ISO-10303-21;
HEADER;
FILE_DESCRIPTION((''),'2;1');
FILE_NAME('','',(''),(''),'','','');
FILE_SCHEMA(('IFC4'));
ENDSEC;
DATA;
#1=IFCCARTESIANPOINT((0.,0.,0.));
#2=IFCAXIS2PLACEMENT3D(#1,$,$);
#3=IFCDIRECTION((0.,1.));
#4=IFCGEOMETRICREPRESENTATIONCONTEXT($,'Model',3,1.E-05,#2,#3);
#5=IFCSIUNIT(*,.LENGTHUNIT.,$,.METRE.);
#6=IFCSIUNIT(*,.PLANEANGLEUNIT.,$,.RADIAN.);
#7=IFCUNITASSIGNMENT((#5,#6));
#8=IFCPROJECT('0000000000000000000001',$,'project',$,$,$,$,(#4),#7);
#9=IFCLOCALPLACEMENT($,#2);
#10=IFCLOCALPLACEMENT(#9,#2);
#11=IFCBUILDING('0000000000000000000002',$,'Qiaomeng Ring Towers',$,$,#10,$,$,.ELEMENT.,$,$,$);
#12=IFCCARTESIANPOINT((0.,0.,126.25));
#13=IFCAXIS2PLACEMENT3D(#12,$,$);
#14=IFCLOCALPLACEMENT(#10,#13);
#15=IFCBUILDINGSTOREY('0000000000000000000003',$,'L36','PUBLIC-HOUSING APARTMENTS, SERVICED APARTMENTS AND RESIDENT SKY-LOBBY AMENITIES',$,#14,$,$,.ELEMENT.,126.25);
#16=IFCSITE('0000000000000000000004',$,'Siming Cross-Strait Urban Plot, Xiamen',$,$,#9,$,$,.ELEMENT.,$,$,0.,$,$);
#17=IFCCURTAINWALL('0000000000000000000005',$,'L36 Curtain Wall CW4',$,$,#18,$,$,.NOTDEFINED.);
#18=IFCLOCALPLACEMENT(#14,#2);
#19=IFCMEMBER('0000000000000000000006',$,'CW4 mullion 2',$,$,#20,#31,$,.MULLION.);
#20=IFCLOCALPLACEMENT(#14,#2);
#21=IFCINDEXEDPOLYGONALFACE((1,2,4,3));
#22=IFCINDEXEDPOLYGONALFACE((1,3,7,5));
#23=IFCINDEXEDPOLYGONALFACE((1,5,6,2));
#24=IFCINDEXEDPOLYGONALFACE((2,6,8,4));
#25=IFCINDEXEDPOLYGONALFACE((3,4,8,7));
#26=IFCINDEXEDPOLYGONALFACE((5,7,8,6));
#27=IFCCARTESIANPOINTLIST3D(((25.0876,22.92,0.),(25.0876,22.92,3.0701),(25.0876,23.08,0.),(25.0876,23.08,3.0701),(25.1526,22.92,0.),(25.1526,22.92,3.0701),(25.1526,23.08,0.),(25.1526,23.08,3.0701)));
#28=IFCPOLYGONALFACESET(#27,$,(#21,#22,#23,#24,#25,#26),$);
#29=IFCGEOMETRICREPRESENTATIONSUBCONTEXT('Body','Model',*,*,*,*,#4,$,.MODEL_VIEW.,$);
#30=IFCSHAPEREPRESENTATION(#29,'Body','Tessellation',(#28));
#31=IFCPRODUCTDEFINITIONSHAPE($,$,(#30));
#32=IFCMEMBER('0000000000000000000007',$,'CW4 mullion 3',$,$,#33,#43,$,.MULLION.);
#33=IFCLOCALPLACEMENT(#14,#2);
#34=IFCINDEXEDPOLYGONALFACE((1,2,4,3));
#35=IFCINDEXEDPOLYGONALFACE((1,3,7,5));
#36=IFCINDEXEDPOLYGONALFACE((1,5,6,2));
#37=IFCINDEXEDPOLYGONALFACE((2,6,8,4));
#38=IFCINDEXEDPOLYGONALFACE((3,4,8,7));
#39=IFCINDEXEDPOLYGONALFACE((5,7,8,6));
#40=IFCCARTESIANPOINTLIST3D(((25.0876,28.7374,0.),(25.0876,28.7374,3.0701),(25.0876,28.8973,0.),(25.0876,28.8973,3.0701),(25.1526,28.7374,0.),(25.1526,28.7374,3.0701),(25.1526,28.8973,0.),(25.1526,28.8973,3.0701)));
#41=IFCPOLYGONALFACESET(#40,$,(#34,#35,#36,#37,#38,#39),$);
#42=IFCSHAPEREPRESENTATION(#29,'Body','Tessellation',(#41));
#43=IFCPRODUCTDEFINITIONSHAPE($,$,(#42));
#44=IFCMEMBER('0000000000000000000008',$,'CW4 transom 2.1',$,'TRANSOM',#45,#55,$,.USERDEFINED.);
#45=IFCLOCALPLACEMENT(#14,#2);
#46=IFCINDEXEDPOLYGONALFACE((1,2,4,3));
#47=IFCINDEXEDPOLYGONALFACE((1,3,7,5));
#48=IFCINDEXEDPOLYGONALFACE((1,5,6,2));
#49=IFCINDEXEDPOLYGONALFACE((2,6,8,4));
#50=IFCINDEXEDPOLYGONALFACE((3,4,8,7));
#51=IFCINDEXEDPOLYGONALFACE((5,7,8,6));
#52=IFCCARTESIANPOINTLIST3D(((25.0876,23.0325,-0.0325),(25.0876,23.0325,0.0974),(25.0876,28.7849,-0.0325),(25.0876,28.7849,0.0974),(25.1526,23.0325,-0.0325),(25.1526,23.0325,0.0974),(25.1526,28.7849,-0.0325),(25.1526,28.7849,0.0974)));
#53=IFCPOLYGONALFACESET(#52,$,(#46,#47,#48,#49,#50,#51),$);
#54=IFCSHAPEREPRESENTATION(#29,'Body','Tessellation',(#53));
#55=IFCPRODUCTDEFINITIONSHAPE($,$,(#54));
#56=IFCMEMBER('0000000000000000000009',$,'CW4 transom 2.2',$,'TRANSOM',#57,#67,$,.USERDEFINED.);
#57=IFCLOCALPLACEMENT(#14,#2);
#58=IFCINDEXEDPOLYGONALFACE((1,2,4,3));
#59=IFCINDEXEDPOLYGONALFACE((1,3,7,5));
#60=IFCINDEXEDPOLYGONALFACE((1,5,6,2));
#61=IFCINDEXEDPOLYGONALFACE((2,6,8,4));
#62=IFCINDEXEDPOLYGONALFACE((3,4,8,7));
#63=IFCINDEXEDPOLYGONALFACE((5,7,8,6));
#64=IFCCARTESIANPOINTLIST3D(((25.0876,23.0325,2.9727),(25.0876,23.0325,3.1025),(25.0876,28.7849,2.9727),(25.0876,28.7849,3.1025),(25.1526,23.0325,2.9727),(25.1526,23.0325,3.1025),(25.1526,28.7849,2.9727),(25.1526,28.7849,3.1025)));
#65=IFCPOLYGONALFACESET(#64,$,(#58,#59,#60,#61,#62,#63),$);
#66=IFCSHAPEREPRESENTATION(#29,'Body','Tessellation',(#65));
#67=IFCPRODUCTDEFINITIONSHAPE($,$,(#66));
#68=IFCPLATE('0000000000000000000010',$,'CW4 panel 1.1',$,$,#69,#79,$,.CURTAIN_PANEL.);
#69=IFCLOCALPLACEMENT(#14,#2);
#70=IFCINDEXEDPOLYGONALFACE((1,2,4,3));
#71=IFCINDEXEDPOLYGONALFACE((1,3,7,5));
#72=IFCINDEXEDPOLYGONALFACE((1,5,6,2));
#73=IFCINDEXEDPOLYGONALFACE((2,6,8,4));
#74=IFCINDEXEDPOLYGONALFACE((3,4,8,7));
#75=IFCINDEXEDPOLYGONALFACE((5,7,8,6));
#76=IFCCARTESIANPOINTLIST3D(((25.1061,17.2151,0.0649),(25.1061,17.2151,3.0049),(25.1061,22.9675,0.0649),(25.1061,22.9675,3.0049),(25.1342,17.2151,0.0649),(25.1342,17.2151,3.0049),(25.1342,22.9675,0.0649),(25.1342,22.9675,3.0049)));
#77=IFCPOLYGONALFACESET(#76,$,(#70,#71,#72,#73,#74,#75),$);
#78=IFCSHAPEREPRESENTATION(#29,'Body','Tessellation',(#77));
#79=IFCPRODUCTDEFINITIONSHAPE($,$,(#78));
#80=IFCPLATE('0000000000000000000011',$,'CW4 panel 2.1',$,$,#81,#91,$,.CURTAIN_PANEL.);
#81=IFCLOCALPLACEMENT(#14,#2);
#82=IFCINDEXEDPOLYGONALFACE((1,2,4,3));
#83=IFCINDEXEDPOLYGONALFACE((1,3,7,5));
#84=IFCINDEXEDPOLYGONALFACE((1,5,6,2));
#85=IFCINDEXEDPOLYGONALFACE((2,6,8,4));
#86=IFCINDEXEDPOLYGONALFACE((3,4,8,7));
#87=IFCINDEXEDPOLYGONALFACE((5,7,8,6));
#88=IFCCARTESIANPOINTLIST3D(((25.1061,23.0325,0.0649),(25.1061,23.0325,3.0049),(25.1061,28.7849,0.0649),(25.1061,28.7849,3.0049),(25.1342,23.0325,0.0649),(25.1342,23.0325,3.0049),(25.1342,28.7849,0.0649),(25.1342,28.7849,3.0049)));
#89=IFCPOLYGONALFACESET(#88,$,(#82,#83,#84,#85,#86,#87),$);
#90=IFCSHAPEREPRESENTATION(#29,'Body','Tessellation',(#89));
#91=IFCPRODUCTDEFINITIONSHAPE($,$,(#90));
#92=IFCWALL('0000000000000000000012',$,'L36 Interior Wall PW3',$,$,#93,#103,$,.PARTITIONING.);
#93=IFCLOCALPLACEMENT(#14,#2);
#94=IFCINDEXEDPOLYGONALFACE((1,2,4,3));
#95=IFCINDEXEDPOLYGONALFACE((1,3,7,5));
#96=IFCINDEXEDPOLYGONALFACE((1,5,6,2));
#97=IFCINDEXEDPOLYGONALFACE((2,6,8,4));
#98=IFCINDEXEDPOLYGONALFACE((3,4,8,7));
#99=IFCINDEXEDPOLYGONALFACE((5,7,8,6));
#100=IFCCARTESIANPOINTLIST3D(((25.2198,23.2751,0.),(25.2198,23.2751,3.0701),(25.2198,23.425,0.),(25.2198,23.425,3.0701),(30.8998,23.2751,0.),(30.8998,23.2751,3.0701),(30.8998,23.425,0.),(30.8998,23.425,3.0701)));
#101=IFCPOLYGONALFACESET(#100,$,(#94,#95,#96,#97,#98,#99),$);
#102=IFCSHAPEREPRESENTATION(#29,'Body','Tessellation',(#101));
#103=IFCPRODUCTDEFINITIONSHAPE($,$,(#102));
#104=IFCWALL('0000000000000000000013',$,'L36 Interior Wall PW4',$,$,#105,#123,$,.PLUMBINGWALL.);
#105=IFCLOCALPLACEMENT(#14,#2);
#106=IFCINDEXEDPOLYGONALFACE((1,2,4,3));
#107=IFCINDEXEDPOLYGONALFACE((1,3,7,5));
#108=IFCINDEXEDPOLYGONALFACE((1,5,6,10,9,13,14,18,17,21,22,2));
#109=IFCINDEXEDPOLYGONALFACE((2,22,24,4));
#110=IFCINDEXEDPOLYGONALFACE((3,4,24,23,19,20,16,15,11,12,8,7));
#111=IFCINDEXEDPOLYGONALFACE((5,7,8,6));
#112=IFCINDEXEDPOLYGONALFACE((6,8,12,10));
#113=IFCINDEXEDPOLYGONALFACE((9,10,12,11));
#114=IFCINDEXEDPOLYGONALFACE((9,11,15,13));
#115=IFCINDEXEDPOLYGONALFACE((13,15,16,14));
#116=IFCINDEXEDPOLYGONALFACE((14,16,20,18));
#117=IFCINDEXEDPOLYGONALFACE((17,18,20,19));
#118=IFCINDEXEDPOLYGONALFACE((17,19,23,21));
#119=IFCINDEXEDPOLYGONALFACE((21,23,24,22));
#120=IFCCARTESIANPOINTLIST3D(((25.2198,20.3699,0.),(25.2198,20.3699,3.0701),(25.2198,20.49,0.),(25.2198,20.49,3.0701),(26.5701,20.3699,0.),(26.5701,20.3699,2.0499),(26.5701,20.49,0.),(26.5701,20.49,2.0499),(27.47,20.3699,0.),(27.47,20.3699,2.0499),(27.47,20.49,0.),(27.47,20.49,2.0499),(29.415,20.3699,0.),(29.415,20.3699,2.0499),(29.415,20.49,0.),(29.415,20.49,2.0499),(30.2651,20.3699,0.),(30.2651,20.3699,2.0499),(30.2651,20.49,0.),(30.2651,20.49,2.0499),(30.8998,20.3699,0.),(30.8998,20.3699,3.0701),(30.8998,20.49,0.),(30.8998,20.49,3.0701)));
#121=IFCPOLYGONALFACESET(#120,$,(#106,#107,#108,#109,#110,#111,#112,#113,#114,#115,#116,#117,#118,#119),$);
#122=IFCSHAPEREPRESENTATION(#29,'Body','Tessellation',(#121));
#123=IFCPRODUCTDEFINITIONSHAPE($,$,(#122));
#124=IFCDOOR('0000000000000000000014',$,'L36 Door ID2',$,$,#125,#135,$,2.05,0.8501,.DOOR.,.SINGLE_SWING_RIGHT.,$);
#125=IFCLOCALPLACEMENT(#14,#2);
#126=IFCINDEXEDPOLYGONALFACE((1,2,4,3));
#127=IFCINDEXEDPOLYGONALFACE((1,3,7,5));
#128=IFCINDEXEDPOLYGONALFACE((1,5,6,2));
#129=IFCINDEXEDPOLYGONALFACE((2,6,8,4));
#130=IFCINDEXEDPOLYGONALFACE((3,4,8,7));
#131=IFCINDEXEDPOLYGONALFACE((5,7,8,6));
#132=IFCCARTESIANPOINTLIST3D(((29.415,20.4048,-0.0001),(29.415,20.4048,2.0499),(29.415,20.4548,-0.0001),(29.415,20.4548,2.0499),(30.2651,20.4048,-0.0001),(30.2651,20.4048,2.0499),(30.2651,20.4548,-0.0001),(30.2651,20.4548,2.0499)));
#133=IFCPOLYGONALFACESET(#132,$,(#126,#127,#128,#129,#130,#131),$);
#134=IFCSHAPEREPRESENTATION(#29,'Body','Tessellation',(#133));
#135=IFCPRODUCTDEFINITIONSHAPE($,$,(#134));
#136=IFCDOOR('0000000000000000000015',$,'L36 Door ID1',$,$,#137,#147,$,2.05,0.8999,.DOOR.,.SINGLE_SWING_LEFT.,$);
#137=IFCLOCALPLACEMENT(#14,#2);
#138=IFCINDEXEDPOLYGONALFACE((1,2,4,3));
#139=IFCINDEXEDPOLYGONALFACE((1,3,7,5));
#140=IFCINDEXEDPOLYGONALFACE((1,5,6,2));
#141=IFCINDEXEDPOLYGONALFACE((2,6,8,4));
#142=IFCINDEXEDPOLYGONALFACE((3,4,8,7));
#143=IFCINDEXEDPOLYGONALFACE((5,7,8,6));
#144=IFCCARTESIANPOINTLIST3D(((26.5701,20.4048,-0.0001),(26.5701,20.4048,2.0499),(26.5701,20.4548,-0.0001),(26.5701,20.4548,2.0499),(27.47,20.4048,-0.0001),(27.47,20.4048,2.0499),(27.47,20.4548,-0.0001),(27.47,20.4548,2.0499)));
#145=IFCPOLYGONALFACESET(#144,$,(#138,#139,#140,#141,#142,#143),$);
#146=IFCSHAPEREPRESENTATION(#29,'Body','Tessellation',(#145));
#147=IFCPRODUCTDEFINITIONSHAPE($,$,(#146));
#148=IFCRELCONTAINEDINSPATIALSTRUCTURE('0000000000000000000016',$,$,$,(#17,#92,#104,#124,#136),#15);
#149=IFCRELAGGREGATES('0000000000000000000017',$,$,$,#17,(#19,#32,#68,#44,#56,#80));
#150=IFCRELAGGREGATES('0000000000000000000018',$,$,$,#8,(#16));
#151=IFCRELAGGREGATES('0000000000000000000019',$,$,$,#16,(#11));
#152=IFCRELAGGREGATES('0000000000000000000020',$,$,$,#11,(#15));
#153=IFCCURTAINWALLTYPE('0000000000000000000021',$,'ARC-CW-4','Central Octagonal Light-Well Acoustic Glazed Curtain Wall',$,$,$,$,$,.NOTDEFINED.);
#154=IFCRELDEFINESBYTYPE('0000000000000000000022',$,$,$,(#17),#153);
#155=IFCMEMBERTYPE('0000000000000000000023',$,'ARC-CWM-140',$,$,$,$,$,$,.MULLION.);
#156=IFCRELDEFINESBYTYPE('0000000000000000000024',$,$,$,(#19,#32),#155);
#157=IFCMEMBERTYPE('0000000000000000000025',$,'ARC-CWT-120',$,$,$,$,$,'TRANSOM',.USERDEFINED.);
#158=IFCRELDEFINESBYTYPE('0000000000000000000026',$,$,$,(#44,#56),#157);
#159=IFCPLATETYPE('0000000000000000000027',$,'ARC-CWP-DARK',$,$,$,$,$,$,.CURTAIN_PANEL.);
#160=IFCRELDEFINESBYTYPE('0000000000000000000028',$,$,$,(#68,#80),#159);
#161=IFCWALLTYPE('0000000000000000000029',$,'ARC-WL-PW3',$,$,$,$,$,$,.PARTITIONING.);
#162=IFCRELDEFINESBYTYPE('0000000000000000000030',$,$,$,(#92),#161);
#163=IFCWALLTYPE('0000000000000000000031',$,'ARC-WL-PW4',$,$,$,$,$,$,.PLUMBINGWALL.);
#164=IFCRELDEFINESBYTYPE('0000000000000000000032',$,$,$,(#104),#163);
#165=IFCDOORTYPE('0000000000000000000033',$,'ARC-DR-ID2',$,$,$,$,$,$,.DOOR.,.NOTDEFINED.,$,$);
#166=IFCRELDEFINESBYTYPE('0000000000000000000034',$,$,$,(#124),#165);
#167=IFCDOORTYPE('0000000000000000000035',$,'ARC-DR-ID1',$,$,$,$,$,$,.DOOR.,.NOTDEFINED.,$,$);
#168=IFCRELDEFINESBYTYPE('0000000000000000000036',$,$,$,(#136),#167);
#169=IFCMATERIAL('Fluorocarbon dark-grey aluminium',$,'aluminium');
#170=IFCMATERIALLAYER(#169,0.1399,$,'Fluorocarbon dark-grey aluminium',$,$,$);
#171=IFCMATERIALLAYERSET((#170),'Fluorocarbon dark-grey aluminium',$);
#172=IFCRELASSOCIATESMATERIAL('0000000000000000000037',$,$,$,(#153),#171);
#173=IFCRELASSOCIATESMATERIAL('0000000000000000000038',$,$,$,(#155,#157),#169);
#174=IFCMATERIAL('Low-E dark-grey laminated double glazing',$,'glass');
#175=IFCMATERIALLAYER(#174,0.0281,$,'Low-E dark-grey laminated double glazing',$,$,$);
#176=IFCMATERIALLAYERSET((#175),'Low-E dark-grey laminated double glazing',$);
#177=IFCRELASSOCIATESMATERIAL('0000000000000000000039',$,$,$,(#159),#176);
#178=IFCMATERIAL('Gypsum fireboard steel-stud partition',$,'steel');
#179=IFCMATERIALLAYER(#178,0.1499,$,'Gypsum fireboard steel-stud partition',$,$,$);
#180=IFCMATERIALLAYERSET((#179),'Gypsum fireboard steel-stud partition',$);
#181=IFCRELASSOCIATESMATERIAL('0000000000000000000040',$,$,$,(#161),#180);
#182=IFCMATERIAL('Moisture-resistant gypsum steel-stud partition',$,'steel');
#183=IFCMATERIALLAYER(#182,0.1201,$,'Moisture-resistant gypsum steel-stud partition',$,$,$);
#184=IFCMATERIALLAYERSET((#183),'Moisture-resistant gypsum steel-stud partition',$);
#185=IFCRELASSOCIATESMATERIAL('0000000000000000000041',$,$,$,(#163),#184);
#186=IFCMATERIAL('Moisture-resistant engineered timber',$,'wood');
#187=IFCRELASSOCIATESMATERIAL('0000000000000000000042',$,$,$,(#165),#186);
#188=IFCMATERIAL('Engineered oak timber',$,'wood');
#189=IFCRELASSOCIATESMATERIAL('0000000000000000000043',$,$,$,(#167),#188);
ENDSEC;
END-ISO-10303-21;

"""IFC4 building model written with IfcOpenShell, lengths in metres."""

from ifc_helpers import new_model, si_unit, direction, frame, frame_2d, origin, origin_2d, place, context, subcontext, project, spatial, rectangle, extrude, source, transform, mapped, material, layer, layer_set, material_profile, profile_set, type_object, element, fill, aggregate, save


model = new_model("IFC4")

# Units and contexts
model_context = context("Model", 3, precision=1e-05, world=origin(), true_north=direction((0.0, 1.0)))
body_context = subcontext(model_context, "Body", "Model", "MODEL_VIEW")
ifc_project = project(units=[si_unit("LENGTHUNIT", "METRE"), si_unit("PLANEANGLEUNIT", "RADIAN")], contexts=[model_context])

# Site, building, storey
site_placement = place(None, origin())
site = spatial("IfcSite", under=ifc_project, at=site_placement, Name="Siming Cross-Strait Urban Plot, Xiamen", CompositionType="ELEMENT", RefElevation=0.0)
building_placement = place(site_placement, origin())
building = spatial("IfcBuilding", under=site, at=building_placement, Name="Qiaomeng Ring Towers", CompositionType="ELEMENT")
storey_placement = place(building_placement, frame((0.0, 0.0, 126.25)))
storey = spatial("IfcBuildingStorey", under=building, at=storey_placement, Name="L36", Description="PUBLIC-HOUSING APARTMENTS, SERVICED APARTMENTS AND RESIDENT SKY-LOBBY AMENITIES", CompositionType="ELEMENT", Elevation=126.25)

# Curtain wall, members, plates
ifc_material_1 = material(Name="Fluorocarbon dark-grey aluminium", Category="aluminium")
ifc_layer_1 = layer(ifc_material_1, 0.1399, Name="Fluorocarbon dark-grey aluminium")
ifc_layer_set_1 = layer_set([ifc_layer_1], Name="Fluorocarbon dark-grey aluminium")
curtain_wall_type = type_object("IfcCurtainWallType", Name="ARC-CW-4", Description="Central Octagonal Light-Well Acoustic Glazed Curtain Wall", PredefinedType="NOTDEFINED", material=ifc_layer_set_1)
curtain_wall_placement = place(storey_placement, origin())
curtain_wall = element("IfcCurtainWall", 1, at=curtain_wall_placement, inside=storey, type_object=curtain_wall_type, Name="L36 Curtain Wall CW4", PredefinedType="NOTDEFINED")
ifc_material_profile_1 = material_profile(ifc_material_1, rectangle(XDim=0.0649, YDim=0.1599, at=origin_2d()), Name="ALU MULL 65x160")
ifc_profile_set_1 = profile_set([ifc_material_profile_1], Name="Fluorocarbon dark-grey aluminium")
member_type_1 = type_object("IfcMemberType", Name="ARC-CWM-140", PredefinedType="MULLION", material=ifc_profile_set_1)
shared_shape_1 = source(origin(), body_context, "Body", "SweptSolid", [
    extrude(rectangle(XDim=0.0649, YDim=0.1599, at=origin_2d()), origin(), (0.0, 0.0, 1.0), 3.0701),
])
member_1_placement = place(storey_placement, frame((25.1201, 23.0, 0.0), z_axis=(0.0, 0.0, 1.0), x_axis=(-1.0, 0.0, 0.0)))
member_1 = element("IfcMember", 2, at=member_1_placement, type_object=member_type_1, Name="CW4 mullion 2", PredefinedType="MULLION", context=body_context, shape_type="MappedRepresentation", body=[
    mapped(shared_shape_1, transform((0.0, 0.0, 0.0), x_axis=(1.0, 0.0, 0.0), y_axis=(0.0, 1.0, 0.0), z_axis=(0.0, 0.0, 1.0), scale=1.0)),
])
member_2_placement = place(storey_placement, frame((25.1201, 28.8174, 0.0), z_axis=(0.0, 0.0, 1.0), x_axis=(-1.0, 0.0, 0.0)))
member_2 = element("IfcMember", 3, at=member_2_placement, type_object=member_type_1, Name="CW4 mullion 3", PredefinedType="MULLION", context=body_context, shape_type="MappedRepresentation", body=[
    mapped(shared_shape_1, transform((0.0, 0.0, 0.0), x_axis=(1.0, 0.0, 0.0), y_axis=(0.0, 1.0, 0.0), z_axis=(0.0, 0.0, 1.0), scale=1.0)),
])
ifc_material_profile_2 = material_profile(ifc_material_1, rectangle(XDim=0.0649, YDim=0.1299, at=origin_2d()), Name="ALU TRAN 65x130")
ifc_profile_set_2 = profile_set([ifc_material_profile_2], Name="Fluorocarbon dark-grey aluminium")
member_type_2 = type_object("IfcMemberType", Name="ARC-CWT-120", ElementType="TRANSOM", PredefinedType="USERDEFINED", material=ifc_profile_set_2)
shared_shape_2 = source(origin(), body_context, "Body", "SweptSolid", [
    extrude(rectangle(XDim=0.0649, YDim=0.1299, at=origin_2d()), origin(), (0.0, 0.0, 1.0), 5.7524),
])
member_3_placement = place(storey_placement, frame((25.1201, 23.0325, 0.0325), z_axis=(0.0, 1.0, 0.0), x_axis=(-1.0, 0.0, 0.0)))
member_3 = element("IfcMember", 4, at=member_3_placement, type_object=member_type_2, Name="CW4 transom 2.1", ObjectType="TRANSOM", PredefinedType="USERDEFINED", context=body_context, shape_type="MappedRepresentation", body=[
    mapped(shared_shape_2, transform((0.0, 0.0, 0.0), x_axis=(1.0, 0.0, 0.0), y_axis=(0.0, 1.0, 0.0), z_axis=(0.0, 0.0, 1.0), scale=1.0)),
])
member_4_placement = place(storey_placement, frame((25.1201, 23.0325, 3.0376), z_axis=(0.0, 1.0, 0.0), x_axis=(-1.0, 0.0, 0.0)))
member_4 = element("IfcMember", 5, at=member_4_placement, type_object=member_type_2, Name="CW4 transom 2.2", ObjectType="TRANSOM", PredefinedType="USERDEFINED", context=body_context, shape_type="MappedRepresentation", body=[
    mapped(shared_shape_2, transform((0.0, 0.0, 0.0), x_axis=(1.0, 0.0, 0.0), y_axis=(0.0, 1.0, 0.0), z_axis=(0.0, 0.0, 1.0), scale=1.0)),
])
ifc_material_2 = material(Name="Low-E dark-grey laminated double glazing", Category="glass")
ifc_layer_2 = layer(ifc_material_2, 0.0281, Name="Low-E dark-grey laminated double glazing")
ifc_layer_set_2 = layer_set([ifc_layer_2], Name="Low-E dark-grey laminated double glazing")
plate_type = type_object("IfcPlateType", Name="ARC-CWP-DARK", PredefinedType="CURTAIN_PANEL", material=ifc_layer_set_2)
shared_shape_3 = source(origin(), body_context, "Body", "SweptSolid", [
    extrude(rectangle(XDim=5.7524, YDim=0.0281, at=origin_2d()), origin(), (0.0, 0.0, 1.0), 2.9399),
])
plate_1_placement = place(storey_placement, frame((25.1201, 20.0913, 0.0649), z_axis=(0.0, 0.0, 1.0), x_axis=(0.0, 1.0, 0.0)))
plate_1 = element("IfcPlate", 6, at=plate_1_placement, type_object=plate_type, Name="CW4 panel 1.1", PredefinedType="CURTAIN_PANEL", context=body_context, shape_type="MappedRepresentation", body=[
    mapped(shared_shape_3, transform((0.0, 0.0, 0.0), x_axis=(1.0, 0.0, 0.0), y_axis=(0.0, 1.0, 0.0), z_axis=(0.0, 0.0, 1.0), scale=1.0)),
])
plate_2_placement = place(storey_placement, frame((25.1201, 25.9087, 0.0649), z_axis=(0.0, 0.0, 1.0), x_axis=(0.0, 1.0, 0.0)))
plate_2 = element("IfcPlate", 7, at=plate_2_placement, type_object=plate_type, Name="CW4 panel 2.1", PredefinedType="CURTAIN_PANEL", context=body_context, shape_type="MappedRepresentation", body=[
    mapped(shared_shape_3, transform((0.0, 0.0, 0.0), x_axis=(1.0, 0.0, 0.0), y_axis=(0.0, 1.0, 0.0), z_axis=(0.0, 0.0, 1.0), scale=1.0)),
])
aggregate(curtain_wall, [member_1, member_2, plate_1, member_3, member_4, plate_2])

# Wall
ifc_material_3 = material(Name="Gypsum fireboard steel-stud partition", Category="steel")
ifc_layer_3 = layer(ifc_material_3, 0.1499, Name="Gypsum fireboard steel-stud partition")
ifc_layer_set_3 = layer_set([ifc_layer_3], Name="Gypsum fireboard steel-stud partition")
wall_type_1 = type_object("IfcWallType", Name="ARC-WL-PW3", PredefinedType="PARTITIONING", material=ifc_layer_set_3)
wall_1_placement = place(storey_placement, frame((25.22, 23.3501, 0.0), z_axis=(0.0, 0.0, 1.0), x_axis=(1.0, 0.0, 0.0)))
element("IfcWall", 8, at=wall_1_placement, inside=storey, type_object=wall_type_1, Name="L36 Interior Wall PW3", PredefinedType="PARTITIONING", context=body_context, shape_type="SweptSolid", body=[
    extrude(rectangle(XDim=5.6799, YDim=0.1499, at=frame_2d((2.8398, 0.0))), origin(), (0.0, 0.0, 1.0), 3.0701),
])

# Wall, openings, doors
ifc_material_4 = material(Name="Moisture-resistant gypsum steel-stud partition", Category="steel")
ifc_layer_4 = layer(ifc_material_4, 0.1201, Name="Moisture-resistant gypsum steel-stud partition")
ifc_layer_set_4 = layer_set([ifc_layer_4], Name="Moisture-resistant gypsum steel-stud partition")
wall_type_2 = type_object("IfcWallType", Name="ARC-WL-PW4", PredefinedType="PLUMBINGWALL", material=ifc_layer_set_4)
wall_2_placement = place(storey_placement, frame((25.22, 20.4299, 0.0), z_axis=(0.0, 0.0, 1.0), x_axis=(1.0, 0.0, 0.0)))
wall_2 = element("IfcWall", 9, at=wall_2_placement, inside=storey, type_object=wall_type_2, Name="L36 Interior Wall PW4", PredefinedType="PLUMBINGWALL", context=body_context, shape_type="SweptSolid", body=[
    extrude(rectangle(XDim=5.6799, YDim=0.1201, at=frame_2d((2.8398, 0.0))), origin(), (0.0, 0.0, 1.0), 3.0701),
])
opening_1_placement = place(wall_2_placement, frame((1.3501, 0.0, 0.0)))
opening_1 = element("IfcOpeningElement", 10, at=opening_1_placement, cuts=wall_2, PredefinedType="OPENING", context=body_context, shape_type="SweptSolid", body=[
    extrude(rectangle(XDim=0.8999, YDim=2.05, at=frame_2d((0.45, 1.0249))), frame((0.0, 0.0701, 0.0), z_axis=(0.0, -1.0, 0.0), x_axis=(1.0, 0.0, 0.0)), (0.0, 0.0, 1.0), 0.1401),
])
opening_2_placement = place(wall_2_placement, frame((4.1951, 0.0, 0.0)))
opening_2 = element("IfcOpeningElement", 11, at=opening_2_placement, cuts=wall_2, PredefinedType="OPENING", context=body_context, shape_type="SweptSolid", body=[
    extrude(rectangle(XDim=0.8501, YDim=2.05, at=frame_2d((0.425, 1.0249))), frame((0.0, 0.0701, 0.0), z_axis=(0.0, -1.0, 0.0), x_axis=(1.0, 0.0, 0.0)), (0.0, 0.0, 1.0), 0.1401),
])
ifc_material_5 = material(Name="Moisture-resistant engineered timber", Category="wood")
door_type_1 = type_object("IfcDoorType", Name="ARC-DR-ID2", OperationType="NOTDEFINED", PredefinedType="DOOR", material=ifc_material_5)
shared_shape_4 = source(origin(), body_context, "Body", "SweptSolid", [
    extrude(rectangle(XDim=0.8501, YDim=2.05, at=frame_2d((0.425, 1.0249))), frame((0.0, 0.0249, 0.0), z_axis=(0.0, -1.0, 0.0), x_axis=(1.0, 0.0, 0.0)), (0.0, 0.0, 1.0), 0.05),
])
door_1_placement = place(opening_2_placement, origin())
door_1 = element("IfcDoor", 12, at=door_1_placement, inside=storey, type_object=door_type_1, Name="L36 Door ID2", OperationType="SINGLE_SWING_RIGHT", OverallHeight=2.05, OverallWidth=0.8501, PredefinedType="DOOR", context=body_context, shape_type="MappedRepresentation", body=[
    mapped(shared_shape_4, transform((0.0, 0.0, 0.0), x_axis=(1.0, 0.0, 0.0), y_axis=(0.0, 1.0, 0.0), z_axis=(0.0, 0.0, 1.0), scale=1.0)),
])
fill(opening_2, door_1)
ifc_material_6 = material(Name="Engineered oak timber", Category="wood")
door_type_2 = type_object("IfcDoorType", Name="ARC-DR-ID1", OperationType="NOTDEFINED", PredefinedType="DOOR", material=ifc_material_6)
shared_shape_5 = source(origin(), body_context, "Body", "SweptSolid", [
    extrude(rectangle(XDim=0.8999, YDim=2.05, at=frame_2d((0.45, 1.0249))), frame((0.0, 0.0249, 0.0), z_axis=(0.0, -1.0, 0.0), x_axis=(1.0, 0.0, 0.0)), (0.0, 0.0, 1.0), 0.05),
])
door_2_placement = place(opening_1_placement, origin())
door_2 = element("IfcDoor", 13, at=door_2_placement, inside=storey, type_object=door_type_2, Name="L36 Door ID1", OperationType="SINGLE_SWING_LEFT", OverallHeight=2.05, OverallWidth=0.8999, PredefinedType="DOOR", context=body_context, shape_type="MappedRepresentation", body=[
    mapped(shared_shape_5, transform((0.0, 0.0, 0.0), x_axis=(1.0, 0.0, 0.0), y_axis=(0.0, 1.0, 0.0), z_axis=(0.0, 0.0, 1.0), scale=1.0)),
])
fill(opening_1, door_2)

save(model, "model.ifc")
